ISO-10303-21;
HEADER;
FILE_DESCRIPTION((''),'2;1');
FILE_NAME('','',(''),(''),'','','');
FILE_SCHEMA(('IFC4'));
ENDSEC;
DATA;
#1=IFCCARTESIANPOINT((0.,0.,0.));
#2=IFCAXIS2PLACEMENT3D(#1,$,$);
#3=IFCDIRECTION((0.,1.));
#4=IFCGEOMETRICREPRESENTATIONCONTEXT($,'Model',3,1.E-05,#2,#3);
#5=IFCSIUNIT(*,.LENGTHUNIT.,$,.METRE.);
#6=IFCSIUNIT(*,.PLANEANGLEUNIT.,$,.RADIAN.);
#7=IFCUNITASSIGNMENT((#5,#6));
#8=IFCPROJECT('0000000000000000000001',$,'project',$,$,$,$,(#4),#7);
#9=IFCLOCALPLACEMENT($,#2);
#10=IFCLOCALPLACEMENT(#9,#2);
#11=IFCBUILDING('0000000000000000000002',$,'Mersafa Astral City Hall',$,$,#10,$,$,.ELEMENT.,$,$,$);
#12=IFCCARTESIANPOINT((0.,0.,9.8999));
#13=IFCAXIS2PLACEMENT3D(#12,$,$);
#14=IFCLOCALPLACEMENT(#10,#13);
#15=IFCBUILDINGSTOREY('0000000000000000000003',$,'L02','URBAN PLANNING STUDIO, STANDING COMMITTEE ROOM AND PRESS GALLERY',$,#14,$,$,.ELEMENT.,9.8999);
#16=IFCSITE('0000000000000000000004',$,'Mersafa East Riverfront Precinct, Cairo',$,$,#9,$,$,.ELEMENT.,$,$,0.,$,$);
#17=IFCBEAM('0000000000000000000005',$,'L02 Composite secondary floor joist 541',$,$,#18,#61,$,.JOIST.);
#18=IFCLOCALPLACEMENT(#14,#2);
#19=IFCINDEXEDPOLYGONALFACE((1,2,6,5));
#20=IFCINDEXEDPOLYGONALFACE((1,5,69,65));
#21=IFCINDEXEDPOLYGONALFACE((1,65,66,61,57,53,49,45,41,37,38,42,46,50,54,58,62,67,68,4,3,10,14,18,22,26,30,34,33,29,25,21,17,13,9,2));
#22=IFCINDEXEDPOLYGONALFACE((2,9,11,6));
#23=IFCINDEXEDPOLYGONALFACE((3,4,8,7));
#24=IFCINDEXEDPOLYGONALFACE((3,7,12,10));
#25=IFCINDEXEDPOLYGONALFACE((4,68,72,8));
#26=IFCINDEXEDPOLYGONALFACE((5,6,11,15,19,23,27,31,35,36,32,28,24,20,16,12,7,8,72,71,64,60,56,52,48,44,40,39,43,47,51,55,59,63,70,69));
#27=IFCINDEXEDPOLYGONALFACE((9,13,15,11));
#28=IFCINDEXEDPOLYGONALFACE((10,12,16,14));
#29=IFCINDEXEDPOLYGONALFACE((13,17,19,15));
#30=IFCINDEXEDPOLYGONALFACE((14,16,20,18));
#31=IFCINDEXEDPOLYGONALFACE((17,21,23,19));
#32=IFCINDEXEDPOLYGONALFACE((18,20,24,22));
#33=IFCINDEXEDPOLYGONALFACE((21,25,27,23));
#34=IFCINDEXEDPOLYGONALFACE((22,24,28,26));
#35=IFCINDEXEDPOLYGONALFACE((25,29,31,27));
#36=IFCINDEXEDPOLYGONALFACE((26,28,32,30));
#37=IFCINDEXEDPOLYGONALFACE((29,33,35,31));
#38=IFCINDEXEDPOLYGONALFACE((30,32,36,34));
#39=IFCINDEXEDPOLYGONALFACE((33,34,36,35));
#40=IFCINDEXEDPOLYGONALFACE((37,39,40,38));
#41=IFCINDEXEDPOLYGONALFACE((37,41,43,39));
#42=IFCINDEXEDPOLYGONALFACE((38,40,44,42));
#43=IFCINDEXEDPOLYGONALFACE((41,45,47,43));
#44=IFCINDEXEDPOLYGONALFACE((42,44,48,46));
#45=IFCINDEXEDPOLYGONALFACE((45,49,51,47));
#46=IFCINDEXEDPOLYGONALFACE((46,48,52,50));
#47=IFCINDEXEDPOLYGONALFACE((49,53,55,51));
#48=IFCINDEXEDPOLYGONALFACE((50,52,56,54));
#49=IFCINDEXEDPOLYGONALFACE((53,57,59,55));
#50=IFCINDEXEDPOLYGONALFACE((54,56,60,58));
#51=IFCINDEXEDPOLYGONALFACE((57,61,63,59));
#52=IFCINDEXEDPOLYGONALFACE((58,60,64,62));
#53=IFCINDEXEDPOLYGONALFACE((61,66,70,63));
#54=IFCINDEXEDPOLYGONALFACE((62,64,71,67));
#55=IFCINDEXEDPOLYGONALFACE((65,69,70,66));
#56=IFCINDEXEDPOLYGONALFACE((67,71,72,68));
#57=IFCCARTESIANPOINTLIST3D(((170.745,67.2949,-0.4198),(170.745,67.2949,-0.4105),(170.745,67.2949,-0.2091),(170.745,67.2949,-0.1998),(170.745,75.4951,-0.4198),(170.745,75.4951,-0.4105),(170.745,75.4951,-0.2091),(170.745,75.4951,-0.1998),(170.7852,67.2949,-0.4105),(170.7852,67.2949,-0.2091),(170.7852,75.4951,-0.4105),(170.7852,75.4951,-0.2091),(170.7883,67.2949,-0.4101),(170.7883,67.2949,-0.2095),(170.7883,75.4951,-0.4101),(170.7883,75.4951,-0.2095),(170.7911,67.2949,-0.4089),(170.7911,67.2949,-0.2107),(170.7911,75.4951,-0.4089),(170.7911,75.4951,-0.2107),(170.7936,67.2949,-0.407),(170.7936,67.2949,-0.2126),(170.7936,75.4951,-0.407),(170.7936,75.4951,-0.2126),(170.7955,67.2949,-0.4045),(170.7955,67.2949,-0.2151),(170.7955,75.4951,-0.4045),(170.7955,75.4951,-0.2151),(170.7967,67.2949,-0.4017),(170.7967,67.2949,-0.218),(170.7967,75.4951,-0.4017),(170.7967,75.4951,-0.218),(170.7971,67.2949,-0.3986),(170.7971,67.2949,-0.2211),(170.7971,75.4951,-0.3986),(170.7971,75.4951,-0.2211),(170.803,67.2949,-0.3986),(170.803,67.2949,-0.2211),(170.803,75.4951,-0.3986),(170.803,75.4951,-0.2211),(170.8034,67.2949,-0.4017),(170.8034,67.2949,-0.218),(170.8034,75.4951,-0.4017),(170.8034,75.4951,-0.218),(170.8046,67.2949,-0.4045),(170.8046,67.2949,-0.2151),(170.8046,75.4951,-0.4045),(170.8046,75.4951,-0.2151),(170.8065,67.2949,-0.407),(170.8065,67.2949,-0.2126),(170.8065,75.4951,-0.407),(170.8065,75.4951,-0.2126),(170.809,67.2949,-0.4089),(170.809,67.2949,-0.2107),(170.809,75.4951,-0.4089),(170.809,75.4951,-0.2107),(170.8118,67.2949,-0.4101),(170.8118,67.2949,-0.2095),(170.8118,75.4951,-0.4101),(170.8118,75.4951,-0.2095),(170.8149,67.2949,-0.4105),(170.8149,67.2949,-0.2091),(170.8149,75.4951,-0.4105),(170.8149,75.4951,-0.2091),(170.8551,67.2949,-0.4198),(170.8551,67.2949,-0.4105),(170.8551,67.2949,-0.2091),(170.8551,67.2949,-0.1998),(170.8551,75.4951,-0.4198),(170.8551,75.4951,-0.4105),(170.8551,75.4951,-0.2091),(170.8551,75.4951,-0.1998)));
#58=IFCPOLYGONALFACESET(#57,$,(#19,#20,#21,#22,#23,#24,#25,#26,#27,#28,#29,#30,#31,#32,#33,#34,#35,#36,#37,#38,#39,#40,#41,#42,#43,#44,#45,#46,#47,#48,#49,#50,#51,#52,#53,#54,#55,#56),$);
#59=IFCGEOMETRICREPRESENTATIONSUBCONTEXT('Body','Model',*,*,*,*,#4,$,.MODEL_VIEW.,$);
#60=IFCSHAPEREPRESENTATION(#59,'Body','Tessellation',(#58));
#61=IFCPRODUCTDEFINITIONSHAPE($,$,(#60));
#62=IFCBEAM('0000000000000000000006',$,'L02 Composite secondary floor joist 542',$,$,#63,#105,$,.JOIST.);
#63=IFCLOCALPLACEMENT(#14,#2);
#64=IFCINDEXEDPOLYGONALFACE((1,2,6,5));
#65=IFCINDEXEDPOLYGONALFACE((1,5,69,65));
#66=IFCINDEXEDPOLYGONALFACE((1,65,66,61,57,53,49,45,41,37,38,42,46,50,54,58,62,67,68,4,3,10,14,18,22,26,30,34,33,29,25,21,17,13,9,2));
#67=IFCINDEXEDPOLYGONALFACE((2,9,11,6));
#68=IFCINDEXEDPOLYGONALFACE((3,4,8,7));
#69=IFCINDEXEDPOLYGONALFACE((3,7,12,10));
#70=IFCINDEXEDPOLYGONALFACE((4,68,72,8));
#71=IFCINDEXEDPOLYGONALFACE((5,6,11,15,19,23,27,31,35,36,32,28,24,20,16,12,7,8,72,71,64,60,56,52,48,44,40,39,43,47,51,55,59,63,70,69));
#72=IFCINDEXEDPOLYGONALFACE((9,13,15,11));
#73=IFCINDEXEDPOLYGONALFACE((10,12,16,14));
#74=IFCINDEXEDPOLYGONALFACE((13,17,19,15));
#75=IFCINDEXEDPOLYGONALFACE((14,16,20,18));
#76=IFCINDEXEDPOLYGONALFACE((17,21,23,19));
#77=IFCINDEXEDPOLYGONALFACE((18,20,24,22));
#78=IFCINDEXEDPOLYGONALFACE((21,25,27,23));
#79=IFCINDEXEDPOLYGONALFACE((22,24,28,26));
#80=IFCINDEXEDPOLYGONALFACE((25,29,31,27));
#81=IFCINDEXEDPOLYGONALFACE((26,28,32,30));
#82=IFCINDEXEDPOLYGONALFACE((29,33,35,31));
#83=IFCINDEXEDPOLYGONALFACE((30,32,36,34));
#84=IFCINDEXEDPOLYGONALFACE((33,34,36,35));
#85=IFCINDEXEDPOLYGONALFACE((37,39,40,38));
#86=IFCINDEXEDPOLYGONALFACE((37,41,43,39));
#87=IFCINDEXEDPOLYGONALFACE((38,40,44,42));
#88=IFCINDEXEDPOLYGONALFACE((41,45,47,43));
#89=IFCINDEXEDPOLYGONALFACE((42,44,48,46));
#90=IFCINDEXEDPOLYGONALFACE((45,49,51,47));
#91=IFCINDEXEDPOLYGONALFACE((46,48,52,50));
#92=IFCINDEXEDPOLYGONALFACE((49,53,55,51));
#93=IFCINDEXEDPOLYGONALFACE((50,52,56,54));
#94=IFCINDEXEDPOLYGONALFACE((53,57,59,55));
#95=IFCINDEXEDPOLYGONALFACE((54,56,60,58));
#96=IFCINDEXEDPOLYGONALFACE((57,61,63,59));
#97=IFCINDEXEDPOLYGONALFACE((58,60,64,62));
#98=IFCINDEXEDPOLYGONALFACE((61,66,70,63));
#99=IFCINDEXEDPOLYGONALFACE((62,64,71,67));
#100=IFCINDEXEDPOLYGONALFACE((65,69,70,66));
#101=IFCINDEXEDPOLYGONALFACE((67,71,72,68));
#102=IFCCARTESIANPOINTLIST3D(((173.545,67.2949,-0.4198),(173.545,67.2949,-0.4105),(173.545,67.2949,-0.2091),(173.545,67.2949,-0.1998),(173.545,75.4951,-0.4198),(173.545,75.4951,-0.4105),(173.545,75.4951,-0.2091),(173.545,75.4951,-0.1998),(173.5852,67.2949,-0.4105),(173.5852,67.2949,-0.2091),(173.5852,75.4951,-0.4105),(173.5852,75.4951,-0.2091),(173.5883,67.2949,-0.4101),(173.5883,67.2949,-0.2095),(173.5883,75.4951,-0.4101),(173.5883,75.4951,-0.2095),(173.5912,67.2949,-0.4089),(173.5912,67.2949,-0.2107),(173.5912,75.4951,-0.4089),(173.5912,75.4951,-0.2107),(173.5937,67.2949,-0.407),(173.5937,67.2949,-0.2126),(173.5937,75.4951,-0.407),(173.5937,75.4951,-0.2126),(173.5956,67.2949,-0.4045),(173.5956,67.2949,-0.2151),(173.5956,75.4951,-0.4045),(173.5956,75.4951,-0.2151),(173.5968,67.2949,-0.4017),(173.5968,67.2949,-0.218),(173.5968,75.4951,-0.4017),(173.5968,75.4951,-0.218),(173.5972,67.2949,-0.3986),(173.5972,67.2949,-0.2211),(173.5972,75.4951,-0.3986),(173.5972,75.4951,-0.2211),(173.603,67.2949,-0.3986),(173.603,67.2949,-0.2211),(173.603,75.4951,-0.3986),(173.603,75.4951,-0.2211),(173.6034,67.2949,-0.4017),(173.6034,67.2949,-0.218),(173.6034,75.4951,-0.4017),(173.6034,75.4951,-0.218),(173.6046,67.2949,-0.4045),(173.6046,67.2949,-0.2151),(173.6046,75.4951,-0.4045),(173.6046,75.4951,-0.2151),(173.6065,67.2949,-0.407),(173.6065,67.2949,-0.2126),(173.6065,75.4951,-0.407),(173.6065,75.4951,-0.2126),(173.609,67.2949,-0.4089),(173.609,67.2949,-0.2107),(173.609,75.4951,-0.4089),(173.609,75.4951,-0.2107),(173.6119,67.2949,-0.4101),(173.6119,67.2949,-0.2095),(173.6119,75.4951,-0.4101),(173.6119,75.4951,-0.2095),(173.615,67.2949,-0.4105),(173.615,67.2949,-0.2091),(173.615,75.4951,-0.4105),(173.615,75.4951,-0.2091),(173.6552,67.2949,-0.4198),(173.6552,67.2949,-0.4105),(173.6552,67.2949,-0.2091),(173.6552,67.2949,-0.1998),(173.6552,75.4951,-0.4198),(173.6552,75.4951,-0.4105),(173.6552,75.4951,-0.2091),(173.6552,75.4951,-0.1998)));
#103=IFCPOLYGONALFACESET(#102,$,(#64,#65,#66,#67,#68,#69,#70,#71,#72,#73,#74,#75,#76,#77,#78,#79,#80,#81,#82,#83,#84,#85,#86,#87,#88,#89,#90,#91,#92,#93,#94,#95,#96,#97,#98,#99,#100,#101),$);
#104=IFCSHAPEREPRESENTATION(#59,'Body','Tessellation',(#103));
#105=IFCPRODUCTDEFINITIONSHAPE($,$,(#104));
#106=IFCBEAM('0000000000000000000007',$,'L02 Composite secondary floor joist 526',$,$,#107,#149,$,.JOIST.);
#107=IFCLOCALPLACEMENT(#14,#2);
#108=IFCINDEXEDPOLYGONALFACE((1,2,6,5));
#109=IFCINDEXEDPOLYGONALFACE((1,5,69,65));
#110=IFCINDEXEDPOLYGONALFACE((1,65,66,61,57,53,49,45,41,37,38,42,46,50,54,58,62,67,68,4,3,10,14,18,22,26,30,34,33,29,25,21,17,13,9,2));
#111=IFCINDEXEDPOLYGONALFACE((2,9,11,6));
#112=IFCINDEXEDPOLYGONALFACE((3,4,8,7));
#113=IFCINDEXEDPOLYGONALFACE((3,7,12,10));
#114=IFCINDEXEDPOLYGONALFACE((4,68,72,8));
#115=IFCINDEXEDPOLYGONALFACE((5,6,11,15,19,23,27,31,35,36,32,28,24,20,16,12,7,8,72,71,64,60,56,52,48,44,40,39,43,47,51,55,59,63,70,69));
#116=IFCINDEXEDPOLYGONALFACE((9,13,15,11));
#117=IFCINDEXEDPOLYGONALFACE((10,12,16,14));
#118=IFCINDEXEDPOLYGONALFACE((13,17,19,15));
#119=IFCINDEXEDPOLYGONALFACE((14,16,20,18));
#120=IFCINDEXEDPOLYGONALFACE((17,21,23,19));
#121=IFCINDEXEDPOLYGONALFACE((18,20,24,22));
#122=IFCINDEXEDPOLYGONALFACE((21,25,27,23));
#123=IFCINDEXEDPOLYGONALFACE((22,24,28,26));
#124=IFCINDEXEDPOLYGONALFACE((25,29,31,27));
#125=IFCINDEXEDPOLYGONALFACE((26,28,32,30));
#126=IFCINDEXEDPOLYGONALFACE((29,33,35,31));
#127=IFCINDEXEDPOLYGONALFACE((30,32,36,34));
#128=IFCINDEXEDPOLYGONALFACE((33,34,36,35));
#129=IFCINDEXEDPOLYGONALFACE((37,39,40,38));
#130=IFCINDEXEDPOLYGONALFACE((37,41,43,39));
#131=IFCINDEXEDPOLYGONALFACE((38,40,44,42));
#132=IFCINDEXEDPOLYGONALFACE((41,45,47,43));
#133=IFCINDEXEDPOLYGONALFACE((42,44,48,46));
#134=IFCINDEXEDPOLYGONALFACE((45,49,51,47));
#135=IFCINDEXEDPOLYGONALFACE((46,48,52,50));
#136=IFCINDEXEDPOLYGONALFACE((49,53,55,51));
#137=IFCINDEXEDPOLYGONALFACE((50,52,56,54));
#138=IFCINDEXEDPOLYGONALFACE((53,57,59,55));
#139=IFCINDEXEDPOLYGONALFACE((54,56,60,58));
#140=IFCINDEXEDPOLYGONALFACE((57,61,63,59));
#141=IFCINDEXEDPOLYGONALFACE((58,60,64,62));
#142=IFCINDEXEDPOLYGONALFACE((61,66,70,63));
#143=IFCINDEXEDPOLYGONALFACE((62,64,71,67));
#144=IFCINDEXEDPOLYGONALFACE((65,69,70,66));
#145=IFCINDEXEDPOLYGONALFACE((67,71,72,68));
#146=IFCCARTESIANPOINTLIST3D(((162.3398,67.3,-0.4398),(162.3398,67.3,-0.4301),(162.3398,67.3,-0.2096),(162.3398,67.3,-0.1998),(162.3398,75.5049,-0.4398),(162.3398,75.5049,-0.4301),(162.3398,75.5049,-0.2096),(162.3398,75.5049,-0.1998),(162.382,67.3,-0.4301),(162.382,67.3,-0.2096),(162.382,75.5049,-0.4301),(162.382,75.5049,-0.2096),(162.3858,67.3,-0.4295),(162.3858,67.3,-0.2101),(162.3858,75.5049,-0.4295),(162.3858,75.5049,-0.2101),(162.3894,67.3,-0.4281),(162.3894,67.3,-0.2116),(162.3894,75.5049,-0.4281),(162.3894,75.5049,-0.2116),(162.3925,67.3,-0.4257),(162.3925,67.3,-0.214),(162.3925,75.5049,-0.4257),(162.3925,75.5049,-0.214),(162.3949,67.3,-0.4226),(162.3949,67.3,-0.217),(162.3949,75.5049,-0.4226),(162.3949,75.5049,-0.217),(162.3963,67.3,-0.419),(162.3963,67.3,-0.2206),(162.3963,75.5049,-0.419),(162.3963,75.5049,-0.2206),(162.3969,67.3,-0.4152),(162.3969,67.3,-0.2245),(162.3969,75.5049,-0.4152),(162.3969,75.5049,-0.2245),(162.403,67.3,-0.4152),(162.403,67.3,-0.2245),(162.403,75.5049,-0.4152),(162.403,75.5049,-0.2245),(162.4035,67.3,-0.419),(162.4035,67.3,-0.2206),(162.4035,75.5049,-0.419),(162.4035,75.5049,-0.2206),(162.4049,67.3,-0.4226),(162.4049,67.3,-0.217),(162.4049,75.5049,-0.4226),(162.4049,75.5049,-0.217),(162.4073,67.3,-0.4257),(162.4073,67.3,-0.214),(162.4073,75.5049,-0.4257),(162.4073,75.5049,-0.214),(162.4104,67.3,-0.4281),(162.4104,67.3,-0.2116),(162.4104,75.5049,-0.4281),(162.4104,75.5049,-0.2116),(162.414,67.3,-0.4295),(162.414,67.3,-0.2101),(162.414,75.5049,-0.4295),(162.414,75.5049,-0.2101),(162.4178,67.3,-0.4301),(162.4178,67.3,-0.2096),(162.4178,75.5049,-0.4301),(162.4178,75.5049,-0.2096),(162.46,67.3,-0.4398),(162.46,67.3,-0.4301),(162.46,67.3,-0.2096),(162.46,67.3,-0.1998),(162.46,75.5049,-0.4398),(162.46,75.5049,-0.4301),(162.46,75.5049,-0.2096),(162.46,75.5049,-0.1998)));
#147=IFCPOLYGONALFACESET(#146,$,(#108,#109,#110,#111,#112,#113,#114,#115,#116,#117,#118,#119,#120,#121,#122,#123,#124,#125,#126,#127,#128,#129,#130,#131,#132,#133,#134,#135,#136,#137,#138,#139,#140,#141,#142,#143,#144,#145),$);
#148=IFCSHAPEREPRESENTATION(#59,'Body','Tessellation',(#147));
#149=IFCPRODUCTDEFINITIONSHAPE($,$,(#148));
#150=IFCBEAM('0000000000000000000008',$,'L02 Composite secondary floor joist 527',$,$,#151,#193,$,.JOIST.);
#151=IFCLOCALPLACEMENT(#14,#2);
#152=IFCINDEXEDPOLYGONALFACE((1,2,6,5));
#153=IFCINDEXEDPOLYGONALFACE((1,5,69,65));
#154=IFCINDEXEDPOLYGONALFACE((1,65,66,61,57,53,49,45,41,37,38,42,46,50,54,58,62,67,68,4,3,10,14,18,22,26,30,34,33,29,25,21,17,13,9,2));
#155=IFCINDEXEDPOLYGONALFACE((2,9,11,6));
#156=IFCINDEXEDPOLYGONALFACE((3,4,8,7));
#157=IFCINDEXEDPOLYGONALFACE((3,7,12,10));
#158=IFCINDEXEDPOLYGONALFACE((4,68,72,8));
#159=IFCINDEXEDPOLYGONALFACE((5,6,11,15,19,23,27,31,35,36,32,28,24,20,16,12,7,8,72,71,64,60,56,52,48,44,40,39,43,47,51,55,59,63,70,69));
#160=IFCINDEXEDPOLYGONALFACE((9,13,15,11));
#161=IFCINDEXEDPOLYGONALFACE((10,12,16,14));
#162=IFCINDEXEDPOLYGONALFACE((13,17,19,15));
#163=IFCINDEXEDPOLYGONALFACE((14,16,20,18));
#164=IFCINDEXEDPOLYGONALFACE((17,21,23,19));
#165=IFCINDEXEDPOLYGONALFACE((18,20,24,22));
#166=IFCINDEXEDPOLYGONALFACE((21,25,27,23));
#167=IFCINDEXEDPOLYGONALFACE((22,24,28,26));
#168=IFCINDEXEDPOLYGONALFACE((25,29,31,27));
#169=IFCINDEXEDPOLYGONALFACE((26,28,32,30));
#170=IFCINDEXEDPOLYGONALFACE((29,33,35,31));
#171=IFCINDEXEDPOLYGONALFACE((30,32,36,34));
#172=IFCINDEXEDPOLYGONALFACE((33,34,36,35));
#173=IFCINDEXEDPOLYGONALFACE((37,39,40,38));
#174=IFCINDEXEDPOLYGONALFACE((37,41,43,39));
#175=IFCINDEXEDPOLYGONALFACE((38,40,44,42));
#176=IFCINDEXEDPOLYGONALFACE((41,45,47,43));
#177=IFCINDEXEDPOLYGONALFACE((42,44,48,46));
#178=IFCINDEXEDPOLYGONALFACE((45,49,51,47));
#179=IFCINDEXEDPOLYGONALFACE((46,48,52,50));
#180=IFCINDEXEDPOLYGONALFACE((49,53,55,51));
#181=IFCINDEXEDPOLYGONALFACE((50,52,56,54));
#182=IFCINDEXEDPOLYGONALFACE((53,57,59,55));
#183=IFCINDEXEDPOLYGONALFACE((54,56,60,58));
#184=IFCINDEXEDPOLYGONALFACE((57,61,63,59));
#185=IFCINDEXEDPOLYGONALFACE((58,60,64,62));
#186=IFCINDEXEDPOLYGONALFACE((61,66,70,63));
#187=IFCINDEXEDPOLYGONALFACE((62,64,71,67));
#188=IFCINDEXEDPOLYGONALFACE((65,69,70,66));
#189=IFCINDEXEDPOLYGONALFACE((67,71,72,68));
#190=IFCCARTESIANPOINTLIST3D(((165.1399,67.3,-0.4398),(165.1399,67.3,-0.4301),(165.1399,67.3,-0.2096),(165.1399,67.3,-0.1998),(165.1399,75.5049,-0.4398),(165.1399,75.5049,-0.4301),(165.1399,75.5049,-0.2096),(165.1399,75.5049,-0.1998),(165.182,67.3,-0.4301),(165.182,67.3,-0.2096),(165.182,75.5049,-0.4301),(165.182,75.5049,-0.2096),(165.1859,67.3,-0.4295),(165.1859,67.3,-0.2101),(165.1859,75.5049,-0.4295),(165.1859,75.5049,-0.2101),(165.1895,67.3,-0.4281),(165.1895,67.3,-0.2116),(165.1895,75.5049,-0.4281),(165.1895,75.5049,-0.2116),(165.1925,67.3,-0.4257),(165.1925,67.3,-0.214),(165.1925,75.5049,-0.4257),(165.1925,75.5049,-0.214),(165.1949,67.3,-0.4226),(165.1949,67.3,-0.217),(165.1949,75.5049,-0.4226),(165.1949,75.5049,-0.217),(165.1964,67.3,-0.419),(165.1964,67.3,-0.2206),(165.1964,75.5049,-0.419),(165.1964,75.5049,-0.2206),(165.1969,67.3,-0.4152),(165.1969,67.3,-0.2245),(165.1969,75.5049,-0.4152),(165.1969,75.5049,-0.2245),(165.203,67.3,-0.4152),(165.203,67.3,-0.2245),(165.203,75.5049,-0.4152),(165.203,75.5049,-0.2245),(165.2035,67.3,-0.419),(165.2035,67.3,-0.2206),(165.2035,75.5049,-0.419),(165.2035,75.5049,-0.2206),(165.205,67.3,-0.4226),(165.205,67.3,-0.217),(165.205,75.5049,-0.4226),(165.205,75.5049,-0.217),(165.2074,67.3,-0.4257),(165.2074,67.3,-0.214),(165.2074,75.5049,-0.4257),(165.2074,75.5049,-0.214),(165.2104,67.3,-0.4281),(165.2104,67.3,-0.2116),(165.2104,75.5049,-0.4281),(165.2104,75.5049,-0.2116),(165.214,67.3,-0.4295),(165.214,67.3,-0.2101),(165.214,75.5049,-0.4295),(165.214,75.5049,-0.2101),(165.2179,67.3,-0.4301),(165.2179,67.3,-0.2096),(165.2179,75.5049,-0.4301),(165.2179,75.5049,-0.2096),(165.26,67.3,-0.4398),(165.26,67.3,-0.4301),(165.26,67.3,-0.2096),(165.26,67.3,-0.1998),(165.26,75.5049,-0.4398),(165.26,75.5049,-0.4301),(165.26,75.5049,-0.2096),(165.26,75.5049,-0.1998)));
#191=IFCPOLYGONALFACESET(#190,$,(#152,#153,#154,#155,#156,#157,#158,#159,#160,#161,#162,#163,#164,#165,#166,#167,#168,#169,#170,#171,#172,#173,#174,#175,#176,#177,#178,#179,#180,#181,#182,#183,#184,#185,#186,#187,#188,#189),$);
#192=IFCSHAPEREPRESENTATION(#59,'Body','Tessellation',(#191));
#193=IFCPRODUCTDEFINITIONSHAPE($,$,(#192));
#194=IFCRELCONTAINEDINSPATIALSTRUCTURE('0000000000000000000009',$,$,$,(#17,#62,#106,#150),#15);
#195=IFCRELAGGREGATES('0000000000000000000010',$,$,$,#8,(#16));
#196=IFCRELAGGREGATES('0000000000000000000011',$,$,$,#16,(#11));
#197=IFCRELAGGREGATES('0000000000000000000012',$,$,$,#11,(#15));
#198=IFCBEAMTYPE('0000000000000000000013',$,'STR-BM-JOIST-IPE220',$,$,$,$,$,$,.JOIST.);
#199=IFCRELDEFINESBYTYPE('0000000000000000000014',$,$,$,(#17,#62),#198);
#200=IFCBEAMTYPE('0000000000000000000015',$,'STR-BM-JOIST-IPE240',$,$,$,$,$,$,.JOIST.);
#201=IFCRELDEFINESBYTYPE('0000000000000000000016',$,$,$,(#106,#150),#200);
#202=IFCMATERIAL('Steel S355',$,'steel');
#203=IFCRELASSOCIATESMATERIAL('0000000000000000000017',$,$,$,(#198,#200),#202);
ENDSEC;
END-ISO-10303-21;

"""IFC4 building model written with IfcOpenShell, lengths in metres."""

from ifc_helpers import new_model, si_unit, direction, frame, origin, origin_2d, place, context, subcontext, project, spatial, i_section, extrude, material, material_profile, profile_set, type_object, element, save


model = new_model("IFC4")

# Units and contexts
model_context = context("Model", 3, precision=1e-05, world=origin(), true_north=direction((0.0, 1.0)))
body_context = subcontext(model_context, "Body", "Model", "MODEL_VIEW")
ifc_project = project(units=[si_unit("LENGTHUNIT", "METRE"), si_unit("PLANEANGLEUNIT", "RADIAN")], contexts=[model_context])

# Site, building, storey
site_placement = place(None, origin())
site = spatial("IfcSite", under=ifc_project, at=site_placement, Name="Mersafa East Riverfront Precinct, Cairo", CompositionType="ELEMENT", RefElevation=0.0)
building_placement = place(site_placement, origin())
building = spatial("IfcBuilding", under=site, at=building_placement, Name="Mersafa Astral City Hall", CompositionType="ELEMENT")
storey_placement = place(building_placement, frame((0.0, 0.0, 9.8999)))
storey = spatial("IfcBuildingStorey", under=building, at=storey_placement, Name="L02", Description="URBAN PLANNING STUDIO, STANDING COMMITTEE ROOM AND PRESS GALLERY", CompositionType="ELEMENT", Elevation=9.8999)

# Shared definitions
ifc_material_1 = material(Name="Steel S355", Category="steel")

# Beams
ifc_material_profile_1 = material_profile(ifc_material_1, i_section(OverallWidth=0.1101, OverallDepth=0.22, WebThickness=0.0059, FlangeThickness=0.0093, FilletRadius=0.012, at=origin_2d()), Name="IPE 220")
ifc_profile_set_1 = profile_set([ifc_material_profile_1], Name="Steel S355")
beam_type_1 = type_object("IfcBeamType", Name="STR-BM-JOIST-IPE220", PredefinedType="JOIST", material=ifc_profile_set_1)
for number, where, z_axis, x_axis, name in (
    (1, (170.8, 67.2949, -0.3098), (0.0, 1.0, 0.0), (-1.0, 0.0, 0.0), "L02 Composite secondary floor joist 541"),
    (2, (173.6001, 67.2949, -0.3098), (0.0, 1.0, 0.0), (-1.0, 0.0, 0.0), "L02 Composite secondary floor joist 542"),
):
    element("IfcBeam", number, at=place(storey_placement, frame(where, z_axis=z_axis, x_axis=x_axis)), inside=storey, type_object=beam_type_1, Name=name, PredefinedType="JOIST", context=body_context, shape_type="SweptSolid", body=[
        extrude(i_section(OverallWidth=0.1101, OverallDepth=0.22, WebThickness=0.0059, FlangeThickness=0.0093, FilletRadius=0.012, at=origin_2d()), origin(), (0.0, 0.0, 1.0), 8.2002),
    ])
ifc_material_profile_2 = material_profile(ifc_material_1, i_section(OverallWidth=0.1201, OverallDepth=0.24, WebThickness=0.0061, FlangeThickness=0.0098, FilletRadius=0.0149, at=origin_2d()), Name="IPE 240")
ifc_profile_set_2 = profile_set([ifc_material_profile_2], Name="Steel S355")
beam_type_2 = type_object("IfcBeamType", Name="STR-BM-JOIST-IPE240", PredefinedType="JOIST", material=ifc_profile_set_2)
for number, where, z_axis, x_axis, name in (
    (3, (162.3999, 67.3, -0.3198), (0.0, 1.0, 0.0), (-1.0, 0.0, 0.0), "L02 Composite secondary floor joist 526"),
    (4, (165.2, 67.3, -0.3198), (0.0, 1.0, 0.0), (-1.0, 0.0, 0.0), "L02 Composite secondary floor joist 527"),
):
    element("IfcBeam", number, at=place(storey_placement, frame(where, z_axis=z_axis, x_axis=x_axis)), inside=storey, type_object=beam_type_2, Name=name, PredefinedType="JOIST", context=body_context, shape_type="SweptSolid", body=[
        extrude(i_section(OverallWidth=0.1201, OverallDepth=0.24, WebThickness=0.0061, FlangeThickness=0.0098, FilletRadius=0.0149, at=origin_2d()), origin(), (0.0, 0.0, 1.0), 8.2048),
    ])

save(model, "model.ifc")
